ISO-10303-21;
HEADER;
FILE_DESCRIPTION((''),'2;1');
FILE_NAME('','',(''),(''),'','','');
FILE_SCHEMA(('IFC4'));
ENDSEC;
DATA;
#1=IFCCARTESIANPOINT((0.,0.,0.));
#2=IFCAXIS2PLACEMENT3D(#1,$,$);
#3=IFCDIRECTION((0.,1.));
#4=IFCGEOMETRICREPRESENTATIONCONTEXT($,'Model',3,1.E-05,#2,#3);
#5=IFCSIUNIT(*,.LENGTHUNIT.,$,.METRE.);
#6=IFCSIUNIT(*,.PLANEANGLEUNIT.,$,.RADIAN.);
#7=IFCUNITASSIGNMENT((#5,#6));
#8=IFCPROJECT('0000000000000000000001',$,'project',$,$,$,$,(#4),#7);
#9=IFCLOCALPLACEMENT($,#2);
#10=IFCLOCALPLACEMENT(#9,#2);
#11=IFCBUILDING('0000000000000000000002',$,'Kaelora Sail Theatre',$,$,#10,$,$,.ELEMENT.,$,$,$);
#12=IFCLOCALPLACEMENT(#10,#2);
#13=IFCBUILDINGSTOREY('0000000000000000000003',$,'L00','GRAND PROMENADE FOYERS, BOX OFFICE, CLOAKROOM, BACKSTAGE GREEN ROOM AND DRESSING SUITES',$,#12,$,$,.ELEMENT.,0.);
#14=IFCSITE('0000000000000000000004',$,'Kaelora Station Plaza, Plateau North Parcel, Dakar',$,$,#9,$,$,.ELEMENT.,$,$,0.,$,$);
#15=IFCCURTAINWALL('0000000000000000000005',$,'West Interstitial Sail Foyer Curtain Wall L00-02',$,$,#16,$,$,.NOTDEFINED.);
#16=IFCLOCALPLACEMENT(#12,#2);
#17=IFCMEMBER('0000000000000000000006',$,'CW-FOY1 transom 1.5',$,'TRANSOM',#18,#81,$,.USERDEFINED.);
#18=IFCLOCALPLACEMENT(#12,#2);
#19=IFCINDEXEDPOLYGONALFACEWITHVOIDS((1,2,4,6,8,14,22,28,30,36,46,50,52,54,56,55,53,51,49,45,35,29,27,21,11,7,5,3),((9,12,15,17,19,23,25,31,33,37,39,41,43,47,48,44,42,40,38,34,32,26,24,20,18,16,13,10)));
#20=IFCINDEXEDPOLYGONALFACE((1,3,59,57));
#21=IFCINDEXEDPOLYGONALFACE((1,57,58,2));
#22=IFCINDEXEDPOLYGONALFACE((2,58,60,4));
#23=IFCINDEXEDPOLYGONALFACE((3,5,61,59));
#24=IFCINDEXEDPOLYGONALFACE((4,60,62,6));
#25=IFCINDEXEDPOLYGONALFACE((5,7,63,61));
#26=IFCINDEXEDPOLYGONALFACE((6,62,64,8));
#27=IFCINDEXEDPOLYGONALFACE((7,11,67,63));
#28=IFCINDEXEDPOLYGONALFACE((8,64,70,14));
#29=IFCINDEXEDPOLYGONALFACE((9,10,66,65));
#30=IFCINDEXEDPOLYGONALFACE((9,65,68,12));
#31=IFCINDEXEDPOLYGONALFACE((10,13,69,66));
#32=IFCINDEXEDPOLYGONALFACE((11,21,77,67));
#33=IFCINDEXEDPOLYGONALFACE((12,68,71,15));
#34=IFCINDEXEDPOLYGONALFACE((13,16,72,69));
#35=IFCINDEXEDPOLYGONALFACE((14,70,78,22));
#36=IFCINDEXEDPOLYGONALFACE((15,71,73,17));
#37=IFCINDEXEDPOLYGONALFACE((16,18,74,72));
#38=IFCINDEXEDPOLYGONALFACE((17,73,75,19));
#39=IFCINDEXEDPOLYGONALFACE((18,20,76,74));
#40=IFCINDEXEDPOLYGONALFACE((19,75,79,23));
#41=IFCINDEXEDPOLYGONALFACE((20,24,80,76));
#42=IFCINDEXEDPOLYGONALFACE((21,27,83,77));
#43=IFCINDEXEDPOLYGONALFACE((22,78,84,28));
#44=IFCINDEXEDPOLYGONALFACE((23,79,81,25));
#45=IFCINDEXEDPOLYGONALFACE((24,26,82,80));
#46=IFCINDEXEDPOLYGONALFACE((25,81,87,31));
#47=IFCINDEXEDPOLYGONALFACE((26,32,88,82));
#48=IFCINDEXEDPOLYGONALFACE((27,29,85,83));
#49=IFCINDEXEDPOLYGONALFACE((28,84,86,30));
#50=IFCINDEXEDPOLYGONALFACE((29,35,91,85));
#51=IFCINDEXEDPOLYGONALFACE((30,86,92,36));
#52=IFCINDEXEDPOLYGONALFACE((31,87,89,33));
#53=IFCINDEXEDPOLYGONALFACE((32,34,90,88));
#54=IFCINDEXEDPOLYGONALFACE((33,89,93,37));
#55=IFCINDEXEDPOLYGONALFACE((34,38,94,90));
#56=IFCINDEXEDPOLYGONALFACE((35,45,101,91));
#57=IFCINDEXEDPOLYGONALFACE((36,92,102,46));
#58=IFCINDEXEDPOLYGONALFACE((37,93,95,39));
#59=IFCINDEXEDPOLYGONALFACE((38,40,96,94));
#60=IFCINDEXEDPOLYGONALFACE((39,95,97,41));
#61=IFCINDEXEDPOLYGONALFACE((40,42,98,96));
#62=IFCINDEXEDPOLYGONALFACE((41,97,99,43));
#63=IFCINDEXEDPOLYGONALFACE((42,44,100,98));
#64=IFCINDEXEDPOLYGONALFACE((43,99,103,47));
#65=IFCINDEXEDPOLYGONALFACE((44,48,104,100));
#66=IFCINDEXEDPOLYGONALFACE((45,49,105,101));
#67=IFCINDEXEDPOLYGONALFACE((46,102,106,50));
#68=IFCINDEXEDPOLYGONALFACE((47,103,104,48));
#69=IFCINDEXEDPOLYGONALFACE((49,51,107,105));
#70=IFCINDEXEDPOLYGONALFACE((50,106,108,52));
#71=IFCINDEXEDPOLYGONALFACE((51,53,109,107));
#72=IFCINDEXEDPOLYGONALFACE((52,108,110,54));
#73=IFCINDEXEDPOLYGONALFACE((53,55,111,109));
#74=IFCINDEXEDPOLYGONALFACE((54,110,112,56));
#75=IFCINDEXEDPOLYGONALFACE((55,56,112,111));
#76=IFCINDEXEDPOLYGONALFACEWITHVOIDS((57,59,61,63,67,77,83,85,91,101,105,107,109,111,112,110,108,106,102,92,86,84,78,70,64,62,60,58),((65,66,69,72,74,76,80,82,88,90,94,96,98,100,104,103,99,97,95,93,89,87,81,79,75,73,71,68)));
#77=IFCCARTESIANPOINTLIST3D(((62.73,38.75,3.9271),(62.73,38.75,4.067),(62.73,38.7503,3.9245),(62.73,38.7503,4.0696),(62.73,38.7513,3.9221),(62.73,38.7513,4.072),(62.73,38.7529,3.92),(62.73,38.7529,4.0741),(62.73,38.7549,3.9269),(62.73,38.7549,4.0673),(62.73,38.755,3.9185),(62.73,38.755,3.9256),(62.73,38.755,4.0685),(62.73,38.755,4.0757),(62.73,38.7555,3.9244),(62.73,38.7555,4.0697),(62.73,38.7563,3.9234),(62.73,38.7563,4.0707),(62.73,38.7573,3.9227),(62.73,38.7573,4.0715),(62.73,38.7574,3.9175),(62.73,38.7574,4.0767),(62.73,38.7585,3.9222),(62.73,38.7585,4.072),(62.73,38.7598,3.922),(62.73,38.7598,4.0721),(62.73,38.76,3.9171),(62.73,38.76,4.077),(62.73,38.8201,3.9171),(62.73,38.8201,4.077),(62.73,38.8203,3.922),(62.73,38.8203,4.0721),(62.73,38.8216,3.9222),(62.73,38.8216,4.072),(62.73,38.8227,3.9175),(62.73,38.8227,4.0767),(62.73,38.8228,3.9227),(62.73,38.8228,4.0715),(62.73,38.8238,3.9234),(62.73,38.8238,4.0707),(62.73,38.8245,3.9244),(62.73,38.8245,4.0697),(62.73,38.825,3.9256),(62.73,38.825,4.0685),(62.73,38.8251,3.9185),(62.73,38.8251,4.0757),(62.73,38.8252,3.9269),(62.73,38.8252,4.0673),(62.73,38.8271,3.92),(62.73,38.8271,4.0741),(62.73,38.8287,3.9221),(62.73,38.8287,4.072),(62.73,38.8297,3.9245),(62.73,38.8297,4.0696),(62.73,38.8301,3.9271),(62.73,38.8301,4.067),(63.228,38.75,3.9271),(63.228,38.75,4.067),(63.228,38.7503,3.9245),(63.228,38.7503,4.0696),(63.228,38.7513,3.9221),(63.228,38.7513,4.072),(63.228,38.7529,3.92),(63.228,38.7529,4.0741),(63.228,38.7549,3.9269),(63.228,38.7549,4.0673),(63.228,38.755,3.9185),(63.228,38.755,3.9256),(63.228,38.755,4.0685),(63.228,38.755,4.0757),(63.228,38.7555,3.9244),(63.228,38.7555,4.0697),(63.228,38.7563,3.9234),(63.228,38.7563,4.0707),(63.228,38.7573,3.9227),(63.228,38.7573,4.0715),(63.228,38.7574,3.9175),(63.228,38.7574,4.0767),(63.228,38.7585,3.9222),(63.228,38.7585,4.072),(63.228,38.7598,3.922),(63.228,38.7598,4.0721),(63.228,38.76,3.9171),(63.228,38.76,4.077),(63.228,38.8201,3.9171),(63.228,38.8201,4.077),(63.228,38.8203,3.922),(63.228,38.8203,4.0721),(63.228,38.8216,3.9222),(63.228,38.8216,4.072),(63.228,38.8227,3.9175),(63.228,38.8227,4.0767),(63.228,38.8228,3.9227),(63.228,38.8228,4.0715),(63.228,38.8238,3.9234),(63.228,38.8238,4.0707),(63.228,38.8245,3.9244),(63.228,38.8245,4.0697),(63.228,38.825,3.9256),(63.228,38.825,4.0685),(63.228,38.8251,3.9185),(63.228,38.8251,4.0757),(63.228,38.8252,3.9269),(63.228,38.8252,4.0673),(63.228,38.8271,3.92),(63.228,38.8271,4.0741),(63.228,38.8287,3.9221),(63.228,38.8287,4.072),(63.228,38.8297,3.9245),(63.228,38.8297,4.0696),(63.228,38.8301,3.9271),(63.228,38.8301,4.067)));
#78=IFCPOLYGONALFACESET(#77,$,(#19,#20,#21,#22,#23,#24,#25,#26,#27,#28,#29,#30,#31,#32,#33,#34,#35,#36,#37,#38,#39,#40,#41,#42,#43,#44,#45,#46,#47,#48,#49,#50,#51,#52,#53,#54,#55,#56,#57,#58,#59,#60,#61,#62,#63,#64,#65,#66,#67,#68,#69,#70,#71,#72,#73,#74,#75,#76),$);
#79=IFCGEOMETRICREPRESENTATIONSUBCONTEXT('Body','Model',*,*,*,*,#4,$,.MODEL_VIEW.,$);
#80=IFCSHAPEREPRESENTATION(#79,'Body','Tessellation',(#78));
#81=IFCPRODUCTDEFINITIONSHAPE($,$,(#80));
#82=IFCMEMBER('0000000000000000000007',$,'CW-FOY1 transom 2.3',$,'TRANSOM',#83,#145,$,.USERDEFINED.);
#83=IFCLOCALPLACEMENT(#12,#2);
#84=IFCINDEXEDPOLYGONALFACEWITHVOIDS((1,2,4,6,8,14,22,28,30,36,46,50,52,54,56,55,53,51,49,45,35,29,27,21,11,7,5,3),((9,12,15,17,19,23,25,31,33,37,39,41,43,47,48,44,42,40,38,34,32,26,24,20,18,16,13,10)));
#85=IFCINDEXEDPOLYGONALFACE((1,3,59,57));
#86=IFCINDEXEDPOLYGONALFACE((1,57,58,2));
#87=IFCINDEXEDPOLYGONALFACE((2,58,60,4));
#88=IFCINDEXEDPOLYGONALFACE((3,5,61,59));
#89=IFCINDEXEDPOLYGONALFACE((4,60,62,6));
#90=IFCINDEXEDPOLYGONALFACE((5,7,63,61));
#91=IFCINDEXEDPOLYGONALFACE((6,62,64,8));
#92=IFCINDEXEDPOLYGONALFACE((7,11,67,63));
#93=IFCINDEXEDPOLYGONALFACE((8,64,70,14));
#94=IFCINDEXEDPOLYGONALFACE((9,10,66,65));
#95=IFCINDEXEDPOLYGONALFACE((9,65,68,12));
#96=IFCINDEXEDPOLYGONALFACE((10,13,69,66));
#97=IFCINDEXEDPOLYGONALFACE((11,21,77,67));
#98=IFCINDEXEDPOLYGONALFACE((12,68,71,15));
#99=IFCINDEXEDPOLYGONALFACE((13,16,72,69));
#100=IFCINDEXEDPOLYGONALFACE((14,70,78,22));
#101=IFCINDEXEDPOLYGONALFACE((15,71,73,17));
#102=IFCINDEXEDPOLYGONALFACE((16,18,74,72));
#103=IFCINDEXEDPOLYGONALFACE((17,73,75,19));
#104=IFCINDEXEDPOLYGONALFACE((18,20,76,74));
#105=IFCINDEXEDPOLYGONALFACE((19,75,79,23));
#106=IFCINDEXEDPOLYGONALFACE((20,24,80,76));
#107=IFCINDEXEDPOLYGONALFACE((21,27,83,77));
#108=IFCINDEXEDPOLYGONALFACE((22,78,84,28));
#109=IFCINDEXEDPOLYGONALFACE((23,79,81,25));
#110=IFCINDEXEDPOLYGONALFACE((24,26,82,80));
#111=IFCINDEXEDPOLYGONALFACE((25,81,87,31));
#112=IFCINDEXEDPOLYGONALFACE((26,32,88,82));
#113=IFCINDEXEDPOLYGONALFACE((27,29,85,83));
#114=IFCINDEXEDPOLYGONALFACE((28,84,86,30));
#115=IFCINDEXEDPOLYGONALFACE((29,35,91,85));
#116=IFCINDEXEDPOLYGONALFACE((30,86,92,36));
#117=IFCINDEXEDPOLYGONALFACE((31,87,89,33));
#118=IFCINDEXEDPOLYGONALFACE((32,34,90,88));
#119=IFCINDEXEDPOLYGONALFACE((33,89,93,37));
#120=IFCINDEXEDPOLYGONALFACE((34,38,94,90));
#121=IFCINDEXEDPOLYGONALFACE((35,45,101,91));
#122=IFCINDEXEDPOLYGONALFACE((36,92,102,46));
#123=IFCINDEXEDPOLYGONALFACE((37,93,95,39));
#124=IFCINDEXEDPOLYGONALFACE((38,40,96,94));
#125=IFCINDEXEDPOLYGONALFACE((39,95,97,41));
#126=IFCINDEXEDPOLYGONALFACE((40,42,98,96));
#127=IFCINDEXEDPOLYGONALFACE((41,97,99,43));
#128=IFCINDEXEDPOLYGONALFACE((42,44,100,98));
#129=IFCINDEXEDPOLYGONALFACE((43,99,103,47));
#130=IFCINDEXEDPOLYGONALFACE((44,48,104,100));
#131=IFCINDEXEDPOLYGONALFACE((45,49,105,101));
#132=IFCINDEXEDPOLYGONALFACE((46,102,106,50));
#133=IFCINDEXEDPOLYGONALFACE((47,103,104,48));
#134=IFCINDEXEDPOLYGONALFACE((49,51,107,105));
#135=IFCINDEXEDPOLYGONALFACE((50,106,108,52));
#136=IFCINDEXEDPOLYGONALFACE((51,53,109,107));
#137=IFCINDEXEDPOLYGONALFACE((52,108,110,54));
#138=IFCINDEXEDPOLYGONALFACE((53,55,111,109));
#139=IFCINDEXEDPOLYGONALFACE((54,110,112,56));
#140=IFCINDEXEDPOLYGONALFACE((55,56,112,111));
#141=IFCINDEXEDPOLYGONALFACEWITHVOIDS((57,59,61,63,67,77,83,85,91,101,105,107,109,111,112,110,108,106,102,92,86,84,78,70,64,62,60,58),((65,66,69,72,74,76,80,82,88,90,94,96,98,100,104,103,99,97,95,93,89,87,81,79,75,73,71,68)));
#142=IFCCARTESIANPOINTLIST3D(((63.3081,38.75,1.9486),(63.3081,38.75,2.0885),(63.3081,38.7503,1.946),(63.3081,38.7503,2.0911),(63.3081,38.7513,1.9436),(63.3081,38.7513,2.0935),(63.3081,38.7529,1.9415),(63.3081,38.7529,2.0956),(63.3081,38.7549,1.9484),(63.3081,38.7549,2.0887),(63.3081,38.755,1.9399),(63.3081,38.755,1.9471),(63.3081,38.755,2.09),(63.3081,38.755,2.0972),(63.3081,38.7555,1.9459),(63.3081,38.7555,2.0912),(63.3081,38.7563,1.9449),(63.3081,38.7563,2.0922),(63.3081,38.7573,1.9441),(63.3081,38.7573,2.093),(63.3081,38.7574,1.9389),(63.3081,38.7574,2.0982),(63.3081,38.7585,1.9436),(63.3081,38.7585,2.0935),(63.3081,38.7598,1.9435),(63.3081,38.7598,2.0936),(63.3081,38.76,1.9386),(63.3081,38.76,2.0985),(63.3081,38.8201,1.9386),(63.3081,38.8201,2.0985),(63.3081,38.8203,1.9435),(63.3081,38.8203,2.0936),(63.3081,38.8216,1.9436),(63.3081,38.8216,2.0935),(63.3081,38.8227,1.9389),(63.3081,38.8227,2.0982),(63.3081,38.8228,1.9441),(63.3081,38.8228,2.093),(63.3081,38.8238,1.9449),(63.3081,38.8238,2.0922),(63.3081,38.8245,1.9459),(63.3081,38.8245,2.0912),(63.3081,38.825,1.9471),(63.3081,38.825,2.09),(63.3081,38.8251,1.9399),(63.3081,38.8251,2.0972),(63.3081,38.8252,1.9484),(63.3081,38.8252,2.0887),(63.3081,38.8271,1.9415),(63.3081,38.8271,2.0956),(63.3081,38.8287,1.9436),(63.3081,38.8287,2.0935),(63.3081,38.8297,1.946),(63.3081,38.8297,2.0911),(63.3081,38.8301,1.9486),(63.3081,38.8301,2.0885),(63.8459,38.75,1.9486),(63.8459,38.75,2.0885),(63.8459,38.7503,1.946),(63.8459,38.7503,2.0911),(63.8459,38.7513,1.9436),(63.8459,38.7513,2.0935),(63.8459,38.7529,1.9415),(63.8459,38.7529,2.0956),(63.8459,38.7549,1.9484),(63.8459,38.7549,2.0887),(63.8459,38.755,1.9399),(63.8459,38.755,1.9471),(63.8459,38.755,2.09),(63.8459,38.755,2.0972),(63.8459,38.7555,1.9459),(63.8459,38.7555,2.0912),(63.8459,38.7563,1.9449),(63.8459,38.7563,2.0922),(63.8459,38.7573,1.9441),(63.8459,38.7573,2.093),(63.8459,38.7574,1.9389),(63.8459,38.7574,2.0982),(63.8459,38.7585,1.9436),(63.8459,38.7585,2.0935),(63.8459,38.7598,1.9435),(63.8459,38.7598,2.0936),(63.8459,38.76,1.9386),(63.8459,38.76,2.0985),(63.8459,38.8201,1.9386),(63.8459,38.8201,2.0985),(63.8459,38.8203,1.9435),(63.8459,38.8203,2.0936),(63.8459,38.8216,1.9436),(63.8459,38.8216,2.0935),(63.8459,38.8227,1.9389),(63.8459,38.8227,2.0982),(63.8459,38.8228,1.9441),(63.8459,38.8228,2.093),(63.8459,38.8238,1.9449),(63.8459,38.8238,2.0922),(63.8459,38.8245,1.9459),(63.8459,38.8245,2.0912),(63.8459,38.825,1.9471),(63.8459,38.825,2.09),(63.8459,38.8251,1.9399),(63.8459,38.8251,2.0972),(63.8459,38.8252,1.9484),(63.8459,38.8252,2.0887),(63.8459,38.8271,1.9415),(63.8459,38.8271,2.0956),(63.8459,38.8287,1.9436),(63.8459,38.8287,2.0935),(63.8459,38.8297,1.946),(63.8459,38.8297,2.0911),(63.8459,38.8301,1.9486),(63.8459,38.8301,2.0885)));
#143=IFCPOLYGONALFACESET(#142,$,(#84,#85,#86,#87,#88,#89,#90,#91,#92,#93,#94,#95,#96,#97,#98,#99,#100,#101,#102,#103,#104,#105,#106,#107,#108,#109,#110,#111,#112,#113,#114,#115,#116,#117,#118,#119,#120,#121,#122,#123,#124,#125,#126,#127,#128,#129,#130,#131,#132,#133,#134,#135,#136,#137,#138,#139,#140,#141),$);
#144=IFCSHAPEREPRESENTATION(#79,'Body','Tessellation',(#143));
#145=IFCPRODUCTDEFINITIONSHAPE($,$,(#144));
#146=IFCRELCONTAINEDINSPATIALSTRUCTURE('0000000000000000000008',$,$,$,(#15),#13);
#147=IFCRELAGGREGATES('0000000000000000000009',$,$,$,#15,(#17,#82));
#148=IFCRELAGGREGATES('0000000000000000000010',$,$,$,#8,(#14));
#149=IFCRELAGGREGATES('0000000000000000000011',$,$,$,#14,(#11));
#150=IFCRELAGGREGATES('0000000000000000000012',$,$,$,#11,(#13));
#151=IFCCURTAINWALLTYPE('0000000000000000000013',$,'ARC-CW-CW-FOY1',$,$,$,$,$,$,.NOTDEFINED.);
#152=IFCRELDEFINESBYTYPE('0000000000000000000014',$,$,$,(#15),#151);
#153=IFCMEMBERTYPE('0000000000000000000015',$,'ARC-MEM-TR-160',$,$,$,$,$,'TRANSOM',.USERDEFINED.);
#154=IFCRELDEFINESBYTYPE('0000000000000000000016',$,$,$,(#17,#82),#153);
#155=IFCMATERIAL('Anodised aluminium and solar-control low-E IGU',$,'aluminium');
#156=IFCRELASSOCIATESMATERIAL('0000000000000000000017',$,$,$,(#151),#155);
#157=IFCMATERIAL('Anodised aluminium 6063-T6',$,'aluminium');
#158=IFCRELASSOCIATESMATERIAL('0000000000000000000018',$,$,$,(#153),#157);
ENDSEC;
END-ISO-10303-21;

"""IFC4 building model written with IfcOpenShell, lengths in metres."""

from ifc_helpers import new_model, si_unit, direction, frame, origin, origin_2d, place, context, subcontext, project, spatial, hollow_rectangle, extrude, material, material_profile, profile_set, type_object, element, aggregate, save


model = new_model("IFC4")

# Units and contexts
model_context = context("Model", 3, precision=1e-05, world=origin(), true_north=direction((0.0, 1.0)))
body_context = subcontext(model_context, "Body", "Model", "MODEL_VIEW")
ifc_project = project(units=[si_unit("LENGTHUNIT", "METRE"), si_unit("PLANEANGLEUNIT", "RADIAN")], contexts=[model_context])

# Site, building, storey
site_placement = place(None, origin())
site = spatial("IfcSite", under=ifc_project, at=site_placement, Name="Kaelora Station Plaza, Plateau North Parcel, Dakar", CompositionType="ELEMENT", RefElevation=0.0)
building_placement = place(site_placement, origin())
building = spatial("IfcBuilding", under=site, at=building_placement, Name="Kaelora Sail Theatre", CompositionType="ELEMENT")
storey_placement = place(building_placement, origin())
storey = spatial("IfcBuildingStorey", under=building, at=storey_placement, Name="L00", Description="GRAND PROMENADE FOYERS, BOX OFFICE, CLOAKROOM, BACKSTAGE GREEN ROOM AND DRESSING SUITES", CompositionType="ELEMENT", Elevation=0.0)

# Curtain wall, members
ifc_material_1 = material(Name="Anodised aluminium and solar-control low-E IGU", Category="aluminium")
curtain_wall_type = type_object("IfcCurtainWallType", Name="ARC-CW-CW-FOY1", PredefinedType="NOTDEFINED", material=ifc_material_1)
curtain_wall_1_placement = place(storey_placement, origin())
curtain_wall_1 = element("IfcCurtainWall", 1, at=curtain_wall_1_placement, inside=storey, type_object=curtain_wall_type, Name="West Interstitial Sail Foyer Curtain Wall L00-02", PredefinedType="NOTDEFINED")
ifc_material_2 = material(Name="Anodised aluminium 6063-T6", Category="aluminium")
ifc_material_profile = material_profile(ifc_material_2, hollow_rectangle(XDim=0.0801, YDim=0.1599, WallThickness=0.0049, InnerFilletRadius=0.0049, OuterFilletRadius=0.01, at=origin_2d()), Name="ALU-TRAN 80x160x5")
ifc_profile_set = profile_set([ifc_material_profile], Name="Anodised aluminium 6063-T6")
member_type = type_object("IfcMemberType", Name="ARC-MEM-TR-160", ElementType="TRANSOM", PredefinedType="USERDEFINED", material=ifc_profile_set)
member_1_placement = place(storey_placement, frame((62.73, 38.79, 3.9971), z_axis=(1.0, 0.0, 0.0), x_axis=(0.0, 1.0, 0.0)))
member_1 = element("IfcMember", 2, at=member_1_placement, type_object=member_type, Name="CW-FOY1 transom 1.5", ObjectType="TRANSOM", PredefinedType="USERDEFINED", context=body_context, shape_type="SweptSolid", body=[
    extrude(hollow_rectangle(XDim=0.0801, YDim=0.1599, WallThickness=0.0049, InnerFilletRadius=0.0049, OuterFilletRadius=0.01, at=origin_2d()), origin(), (0.0, 0.0, 1.0), 0.498),
])
member_2_placement = place(storey_placement, frame((63.3081, 38.79, 2.0186), z_axis=(1.0, 0.0, 0.0), x_axis=(0.0, 1.0, 0.0)))
member_2 = element("IfcMember", 3, at=member_2_placement, type_object=member_type, Name="CW-FOY1 transom 2.3", ObjectType="TRANSOM", PredefinedType="USERDEFINED", context=body_context, shape_type="SweptSolid", body=[
    extrude(hollow_rectangle(XDim=0.0801, YDim=0.1599, WallThickness=0.0049, InnerFilletRadius=0.0049, OuterFilletRadius=0.01, at=origin_2d()), origin(), (0.0, 0.0, 1.0), 0.5378),
])

aggregate(curtain_wall_1, [member_1, member_2])

save(model, "model.ifc")
